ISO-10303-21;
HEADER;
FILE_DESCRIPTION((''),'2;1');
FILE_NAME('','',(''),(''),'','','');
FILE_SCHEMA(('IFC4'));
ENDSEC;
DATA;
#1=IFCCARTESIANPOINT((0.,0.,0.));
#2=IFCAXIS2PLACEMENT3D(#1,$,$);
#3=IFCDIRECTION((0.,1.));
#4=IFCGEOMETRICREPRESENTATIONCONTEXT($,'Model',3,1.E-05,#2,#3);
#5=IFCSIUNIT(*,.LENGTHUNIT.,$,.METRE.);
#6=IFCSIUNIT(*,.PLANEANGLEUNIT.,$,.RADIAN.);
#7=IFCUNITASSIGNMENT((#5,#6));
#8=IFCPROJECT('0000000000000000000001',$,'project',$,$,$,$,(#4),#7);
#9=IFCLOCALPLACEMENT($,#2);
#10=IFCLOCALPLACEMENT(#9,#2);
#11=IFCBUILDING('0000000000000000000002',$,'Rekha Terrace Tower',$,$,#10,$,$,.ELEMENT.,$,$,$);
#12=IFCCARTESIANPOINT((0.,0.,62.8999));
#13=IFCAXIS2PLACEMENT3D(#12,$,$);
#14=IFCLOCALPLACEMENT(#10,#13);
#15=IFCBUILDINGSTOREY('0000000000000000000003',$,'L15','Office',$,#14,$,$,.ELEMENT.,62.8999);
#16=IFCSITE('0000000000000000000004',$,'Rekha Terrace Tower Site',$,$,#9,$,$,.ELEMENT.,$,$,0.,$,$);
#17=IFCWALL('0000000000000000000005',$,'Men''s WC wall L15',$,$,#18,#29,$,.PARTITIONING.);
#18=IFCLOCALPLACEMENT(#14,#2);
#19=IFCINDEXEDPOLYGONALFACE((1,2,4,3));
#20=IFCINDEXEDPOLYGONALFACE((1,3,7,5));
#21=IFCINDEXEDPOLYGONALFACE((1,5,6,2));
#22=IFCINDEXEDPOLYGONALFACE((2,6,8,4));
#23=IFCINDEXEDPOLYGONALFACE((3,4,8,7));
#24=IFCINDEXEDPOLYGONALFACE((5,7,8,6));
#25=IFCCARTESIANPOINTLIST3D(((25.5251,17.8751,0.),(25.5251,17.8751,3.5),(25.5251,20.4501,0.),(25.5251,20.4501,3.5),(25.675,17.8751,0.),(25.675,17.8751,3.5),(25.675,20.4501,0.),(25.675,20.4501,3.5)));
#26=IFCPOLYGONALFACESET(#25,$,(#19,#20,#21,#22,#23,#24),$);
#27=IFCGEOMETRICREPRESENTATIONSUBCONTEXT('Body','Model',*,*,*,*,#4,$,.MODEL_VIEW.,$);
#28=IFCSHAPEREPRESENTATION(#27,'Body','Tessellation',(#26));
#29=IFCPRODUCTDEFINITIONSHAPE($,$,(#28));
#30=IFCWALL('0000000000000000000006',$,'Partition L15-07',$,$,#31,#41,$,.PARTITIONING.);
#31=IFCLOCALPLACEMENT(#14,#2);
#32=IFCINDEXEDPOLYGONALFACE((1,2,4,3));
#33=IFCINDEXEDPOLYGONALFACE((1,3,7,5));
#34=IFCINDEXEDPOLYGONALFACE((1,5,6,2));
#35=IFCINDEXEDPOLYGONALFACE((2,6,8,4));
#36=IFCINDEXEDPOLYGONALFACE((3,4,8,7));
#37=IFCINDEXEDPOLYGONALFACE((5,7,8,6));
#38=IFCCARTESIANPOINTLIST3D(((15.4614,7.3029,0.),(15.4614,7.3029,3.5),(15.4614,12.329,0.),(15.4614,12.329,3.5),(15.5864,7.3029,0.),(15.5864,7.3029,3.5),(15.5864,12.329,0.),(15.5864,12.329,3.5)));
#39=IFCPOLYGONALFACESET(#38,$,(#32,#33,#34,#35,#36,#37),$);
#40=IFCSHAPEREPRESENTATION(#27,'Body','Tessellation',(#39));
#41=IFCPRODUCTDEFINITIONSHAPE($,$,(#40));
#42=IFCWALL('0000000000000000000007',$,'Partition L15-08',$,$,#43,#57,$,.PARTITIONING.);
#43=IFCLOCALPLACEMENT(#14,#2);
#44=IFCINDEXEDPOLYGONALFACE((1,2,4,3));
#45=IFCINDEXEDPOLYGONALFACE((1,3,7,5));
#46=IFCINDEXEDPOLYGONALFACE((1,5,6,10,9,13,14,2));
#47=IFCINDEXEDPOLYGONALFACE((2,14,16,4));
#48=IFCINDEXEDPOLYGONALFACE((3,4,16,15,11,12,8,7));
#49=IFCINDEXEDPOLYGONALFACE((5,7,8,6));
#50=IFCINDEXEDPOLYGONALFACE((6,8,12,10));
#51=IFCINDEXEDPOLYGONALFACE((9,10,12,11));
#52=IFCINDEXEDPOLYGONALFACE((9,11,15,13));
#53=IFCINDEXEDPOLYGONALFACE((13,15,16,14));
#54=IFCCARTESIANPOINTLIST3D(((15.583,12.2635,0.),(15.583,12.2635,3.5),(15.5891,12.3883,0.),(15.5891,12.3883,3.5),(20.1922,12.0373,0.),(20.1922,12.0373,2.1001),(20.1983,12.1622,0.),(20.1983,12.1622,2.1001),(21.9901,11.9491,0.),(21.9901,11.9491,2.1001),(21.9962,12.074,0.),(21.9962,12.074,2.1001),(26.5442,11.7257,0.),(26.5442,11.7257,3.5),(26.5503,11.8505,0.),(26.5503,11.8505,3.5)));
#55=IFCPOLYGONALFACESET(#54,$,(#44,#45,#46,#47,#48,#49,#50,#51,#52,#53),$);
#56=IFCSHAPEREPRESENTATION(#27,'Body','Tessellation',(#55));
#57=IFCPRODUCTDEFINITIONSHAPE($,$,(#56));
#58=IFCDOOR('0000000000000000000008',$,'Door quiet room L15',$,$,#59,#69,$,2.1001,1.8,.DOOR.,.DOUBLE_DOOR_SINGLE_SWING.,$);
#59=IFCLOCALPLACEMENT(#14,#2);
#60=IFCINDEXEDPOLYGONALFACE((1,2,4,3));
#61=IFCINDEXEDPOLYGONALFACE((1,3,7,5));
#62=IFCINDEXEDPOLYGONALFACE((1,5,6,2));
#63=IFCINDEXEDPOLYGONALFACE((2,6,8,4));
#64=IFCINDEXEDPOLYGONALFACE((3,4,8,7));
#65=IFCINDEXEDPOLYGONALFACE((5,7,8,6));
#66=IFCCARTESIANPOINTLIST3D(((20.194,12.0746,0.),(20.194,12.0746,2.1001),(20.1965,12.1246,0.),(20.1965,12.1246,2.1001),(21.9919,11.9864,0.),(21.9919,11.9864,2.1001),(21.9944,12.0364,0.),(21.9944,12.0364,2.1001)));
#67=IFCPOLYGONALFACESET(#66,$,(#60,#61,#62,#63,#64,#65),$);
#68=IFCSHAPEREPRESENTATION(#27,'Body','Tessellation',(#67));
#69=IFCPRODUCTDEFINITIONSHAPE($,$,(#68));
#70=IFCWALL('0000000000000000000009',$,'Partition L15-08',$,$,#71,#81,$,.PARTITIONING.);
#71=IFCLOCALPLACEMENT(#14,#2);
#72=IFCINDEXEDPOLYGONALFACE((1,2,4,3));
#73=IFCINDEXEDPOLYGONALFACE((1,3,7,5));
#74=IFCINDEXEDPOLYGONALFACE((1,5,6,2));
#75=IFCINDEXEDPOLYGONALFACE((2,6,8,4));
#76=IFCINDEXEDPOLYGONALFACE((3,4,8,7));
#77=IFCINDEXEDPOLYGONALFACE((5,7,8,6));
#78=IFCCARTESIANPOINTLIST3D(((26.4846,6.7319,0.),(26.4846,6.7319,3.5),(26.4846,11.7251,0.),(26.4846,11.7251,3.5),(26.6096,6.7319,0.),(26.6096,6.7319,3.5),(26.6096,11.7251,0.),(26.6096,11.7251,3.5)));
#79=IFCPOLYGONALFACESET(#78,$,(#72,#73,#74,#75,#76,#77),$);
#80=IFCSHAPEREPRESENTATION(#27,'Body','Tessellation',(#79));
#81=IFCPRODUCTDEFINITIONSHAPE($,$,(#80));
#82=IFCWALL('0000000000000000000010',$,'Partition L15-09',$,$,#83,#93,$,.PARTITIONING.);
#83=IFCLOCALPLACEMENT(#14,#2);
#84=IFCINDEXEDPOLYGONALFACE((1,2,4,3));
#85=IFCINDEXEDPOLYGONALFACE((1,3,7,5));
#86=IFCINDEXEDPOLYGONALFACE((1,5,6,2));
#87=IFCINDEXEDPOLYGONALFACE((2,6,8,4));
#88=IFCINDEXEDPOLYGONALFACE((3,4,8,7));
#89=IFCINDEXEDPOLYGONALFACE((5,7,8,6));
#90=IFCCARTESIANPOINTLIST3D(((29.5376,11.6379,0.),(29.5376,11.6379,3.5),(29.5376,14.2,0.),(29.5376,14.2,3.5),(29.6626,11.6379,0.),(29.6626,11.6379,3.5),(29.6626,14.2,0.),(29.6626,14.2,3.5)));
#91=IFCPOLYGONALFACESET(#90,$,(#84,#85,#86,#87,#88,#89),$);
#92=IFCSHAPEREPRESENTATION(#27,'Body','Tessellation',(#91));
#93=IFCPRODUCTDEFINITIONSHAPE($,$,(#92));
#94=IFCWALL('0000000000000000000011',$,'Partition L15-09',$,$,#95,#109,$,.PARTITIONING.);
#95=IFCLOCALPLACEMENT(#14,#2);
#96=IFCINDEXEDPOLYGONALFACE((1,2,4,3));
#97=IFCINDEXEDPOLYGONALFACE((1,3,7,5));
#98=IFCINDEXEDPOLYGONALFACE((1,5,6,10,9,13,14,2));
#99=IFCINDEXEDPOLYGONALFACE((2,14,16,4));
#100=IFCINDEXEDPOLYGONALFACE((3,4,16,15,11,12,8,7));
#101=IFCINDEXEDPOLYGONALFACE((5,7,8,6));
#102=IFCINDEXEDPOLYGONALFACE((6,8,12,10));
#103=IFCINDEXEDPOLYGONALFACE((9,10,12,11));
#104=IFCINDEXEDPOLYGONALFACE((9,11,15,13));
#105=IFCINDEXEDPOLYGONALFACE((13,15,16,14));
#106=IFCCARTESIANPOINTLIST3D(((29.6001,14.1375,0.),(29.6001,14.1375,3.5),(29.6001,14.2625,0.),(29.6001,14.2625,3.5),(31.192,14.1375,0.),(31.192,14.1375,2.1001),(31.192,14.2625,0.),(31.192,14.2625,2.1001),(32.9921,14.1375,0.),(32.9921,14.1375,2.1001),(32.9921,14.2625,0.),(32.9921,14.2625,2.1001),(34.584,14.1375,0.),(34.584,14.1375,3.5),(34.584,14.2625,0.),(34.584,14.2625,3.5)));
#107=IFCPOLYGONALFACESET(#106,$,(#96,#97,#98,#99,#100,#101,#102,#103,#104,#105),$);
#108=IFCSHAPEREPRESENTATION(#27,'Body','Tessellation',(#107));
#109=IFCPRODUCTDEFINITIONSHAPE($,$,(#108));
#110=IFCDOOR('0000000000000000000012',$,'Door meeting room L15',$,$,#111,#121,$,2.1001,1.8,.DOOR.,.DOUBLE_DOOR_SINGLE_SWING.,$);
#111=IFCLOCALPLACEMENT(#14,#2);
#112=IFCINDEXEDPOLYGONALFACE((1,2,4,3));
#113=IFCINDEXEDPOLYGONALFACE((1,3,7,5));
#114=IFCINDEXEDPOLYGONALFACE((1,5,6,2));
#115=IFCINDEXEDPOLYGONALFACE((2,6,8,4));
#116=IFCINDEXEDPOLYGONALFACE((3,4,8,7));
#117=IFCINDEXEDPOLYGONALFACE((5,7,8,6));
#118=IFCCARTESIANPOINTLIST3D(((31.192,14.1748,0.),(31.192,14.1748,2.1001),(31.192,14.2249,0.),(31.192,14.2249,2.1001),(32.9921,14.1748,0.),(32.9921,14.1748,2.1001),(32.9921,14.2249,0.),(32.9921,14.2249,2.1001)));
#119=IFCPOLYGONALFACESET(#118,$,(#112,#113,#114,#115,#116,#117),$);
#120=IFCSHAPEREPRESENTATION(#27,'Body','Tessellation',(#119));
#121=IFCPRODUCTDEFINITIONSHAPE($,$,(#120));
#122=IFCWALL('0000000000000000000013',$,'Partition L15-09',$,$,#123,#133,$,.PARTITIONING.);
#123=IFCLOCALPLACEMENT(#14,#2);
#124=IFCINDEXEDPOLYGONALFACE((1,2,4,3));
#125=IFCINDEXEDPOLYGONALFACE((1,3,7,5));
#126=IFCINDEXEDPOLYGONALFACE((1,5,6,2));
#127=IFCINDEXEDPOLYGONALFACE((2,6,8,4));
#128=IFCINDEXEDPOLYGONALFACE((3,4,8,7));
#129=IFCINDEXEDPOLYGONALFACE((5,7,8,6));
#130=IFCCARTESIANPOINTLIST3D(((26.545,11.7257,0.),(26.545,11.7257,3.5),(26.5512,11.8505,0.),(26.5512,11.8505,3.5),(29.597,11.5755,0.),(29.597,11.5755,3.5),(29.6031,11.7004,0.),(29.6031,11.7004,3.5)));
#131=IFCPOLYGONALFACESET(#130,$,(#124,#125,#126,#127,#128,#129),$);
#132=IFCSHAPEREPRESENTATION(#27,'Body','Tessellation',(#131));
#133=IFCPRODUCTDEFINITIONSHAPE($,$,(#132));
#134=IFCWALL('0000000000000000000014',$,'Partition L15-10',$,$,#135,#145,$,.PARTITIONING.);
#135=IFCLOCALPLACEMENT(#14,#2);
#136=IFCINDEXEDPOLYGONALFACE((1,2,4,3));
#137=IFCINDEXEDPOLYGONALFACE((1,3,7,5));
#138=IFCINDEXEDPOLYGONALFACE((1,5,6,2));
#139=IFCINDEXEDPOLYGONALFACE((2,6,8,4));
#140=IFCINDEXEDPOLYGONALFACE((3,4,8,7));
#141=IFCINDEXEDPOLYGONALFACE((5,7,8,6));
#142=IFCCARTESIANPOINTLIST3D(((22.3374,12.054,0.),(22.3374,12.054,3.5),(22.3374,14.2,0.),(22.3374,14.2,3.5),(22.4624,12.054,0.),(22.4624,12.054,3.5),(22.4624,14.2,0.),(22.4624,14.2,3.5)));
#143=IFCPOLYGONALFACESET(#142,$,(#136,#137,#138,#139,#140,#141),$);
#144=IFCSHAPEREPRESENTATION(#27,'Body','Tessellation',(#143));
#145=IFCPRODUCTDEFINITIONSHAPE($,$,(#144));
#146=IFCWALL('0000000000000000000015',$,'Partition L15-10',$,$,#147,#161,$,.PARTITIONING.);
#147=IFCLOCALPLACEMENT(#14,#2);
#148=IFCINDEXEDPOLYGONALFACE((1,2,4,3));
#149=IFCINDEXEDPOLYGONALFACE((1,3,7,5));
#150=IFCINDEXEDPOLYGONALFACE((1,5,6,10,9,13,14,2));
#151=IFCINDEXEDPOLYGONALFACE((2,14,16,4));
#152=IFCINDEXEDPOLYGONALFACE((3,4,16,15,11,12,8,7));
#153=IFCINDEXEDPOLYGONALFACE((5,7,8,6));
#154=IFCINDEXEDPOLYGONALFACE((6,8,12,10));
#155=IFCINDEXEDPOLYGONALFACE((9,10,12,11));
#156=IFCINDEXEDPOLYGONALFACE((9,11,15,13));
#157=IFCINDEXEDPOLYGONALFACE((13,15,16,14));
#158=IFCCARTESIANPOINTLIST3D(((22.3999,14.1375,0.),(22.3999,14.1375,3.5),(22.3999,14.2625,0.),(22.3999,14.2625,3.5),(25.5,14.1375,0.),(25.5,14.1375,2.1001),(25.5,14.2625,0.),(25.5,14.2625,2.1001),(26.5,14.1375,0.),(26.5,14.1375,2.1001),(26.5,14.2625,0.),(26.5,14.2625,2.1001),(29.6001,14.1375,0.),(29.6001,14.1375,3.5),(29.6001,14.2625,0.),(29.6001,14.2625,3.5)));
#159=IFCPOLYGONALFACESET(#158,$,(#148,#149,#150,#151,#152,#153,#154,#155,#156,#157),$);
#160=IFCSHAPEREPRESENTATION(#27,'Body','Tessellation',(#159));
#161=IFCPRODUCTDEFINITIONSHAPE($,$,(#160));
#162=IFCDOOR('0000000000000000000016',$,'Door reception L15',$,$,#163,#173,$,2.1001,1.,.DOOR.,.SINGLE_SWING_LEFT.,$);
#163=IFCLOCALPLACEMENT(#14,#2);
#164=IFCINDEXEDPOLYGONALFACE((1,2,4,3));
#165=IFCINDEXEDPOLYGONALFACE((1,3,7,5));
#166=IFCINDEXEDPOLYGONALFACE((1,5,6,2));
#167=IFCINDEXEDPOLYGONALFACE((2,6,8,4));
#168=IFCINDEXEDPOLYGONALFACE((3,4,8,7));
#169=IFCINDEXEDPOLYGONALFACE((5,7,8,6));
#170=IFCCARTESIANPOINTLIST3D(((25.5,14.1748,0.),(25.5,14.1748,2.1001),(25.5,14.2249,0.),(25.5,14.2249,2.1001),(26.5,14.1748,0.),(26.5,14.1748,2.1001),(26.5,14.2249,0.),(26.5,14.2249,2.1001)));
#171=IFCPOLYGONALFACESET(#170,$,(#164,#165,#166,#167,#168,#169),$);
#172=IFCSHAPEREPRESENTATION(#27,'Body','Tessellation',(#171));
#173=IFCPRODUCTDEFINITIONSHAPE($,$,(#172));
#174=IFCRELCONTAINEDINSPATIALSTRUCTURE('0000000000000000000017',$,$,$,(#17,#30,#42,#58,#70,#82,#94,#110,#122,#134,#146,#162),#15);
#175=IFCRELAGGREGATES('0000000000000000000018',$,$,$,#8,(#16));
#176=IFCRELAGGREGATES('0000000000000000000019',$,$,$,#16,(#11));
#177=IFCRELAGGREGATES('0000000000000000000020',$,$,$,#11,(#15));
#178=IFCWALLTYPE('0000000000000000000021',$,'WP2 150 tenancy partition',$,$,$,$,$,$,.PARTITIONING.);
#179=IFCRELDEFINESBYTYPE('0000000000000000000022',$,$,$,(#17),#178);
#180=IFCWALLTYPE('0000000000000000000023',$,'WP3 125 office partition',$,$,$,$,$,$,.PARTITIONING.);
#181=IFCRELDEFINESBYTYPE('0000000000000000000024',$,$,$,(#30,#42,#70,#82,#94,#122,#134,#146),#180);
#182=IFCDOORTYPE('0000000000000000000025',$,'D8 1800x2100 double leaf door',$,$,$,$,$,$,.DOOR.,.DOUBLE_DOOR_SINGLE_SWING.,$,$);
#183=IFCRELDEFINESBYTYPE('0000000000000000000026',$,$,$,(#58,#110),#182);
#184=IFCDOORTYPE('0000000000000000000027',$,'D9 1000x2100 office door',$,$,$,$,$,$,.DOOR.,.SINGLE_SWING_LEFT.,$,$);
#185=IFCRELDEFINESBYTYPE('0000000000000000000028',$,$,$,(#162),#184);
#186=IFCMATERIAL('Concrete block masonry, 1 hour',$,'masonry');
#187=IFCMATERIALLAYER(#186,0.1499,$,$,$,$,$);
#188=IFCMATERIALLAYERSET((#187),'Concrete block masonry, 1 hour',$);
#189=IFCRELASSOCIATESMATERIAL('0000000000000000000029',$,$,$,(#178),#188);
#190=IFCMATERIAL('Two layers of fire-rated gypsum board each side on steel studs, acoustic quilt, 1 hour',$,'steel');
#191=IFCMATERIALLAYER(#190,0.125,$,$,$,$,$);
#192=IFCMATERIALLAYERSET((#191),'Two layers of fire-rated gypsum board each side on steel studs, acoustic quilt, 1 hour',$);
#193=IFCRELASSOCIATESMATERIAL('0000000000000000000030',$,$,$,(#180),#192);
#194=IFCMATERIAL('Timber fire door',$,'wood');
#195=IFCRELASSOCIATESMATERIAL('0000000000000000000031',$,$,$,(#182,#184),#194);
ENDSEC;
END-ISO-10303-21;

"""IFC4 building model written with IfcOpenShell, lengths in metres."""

from ifc_helpers import new_model, si_unit, direction, frame, frame_2d, origin, place, context, subcontext, project, spatial, rectangle, extrude, material, layer, layer_set, type_object, element, fill, save


model = new_model("IFC4")

# Units and contexts
model_context = context("Model", 3, precision=1e-05, world=origin(), true_north=direction((0.0, 1.0)))
body_context = subcontext(model_context, "Body", "Model", "MODEL_VIEW")
ifc_project = project(units=[si_unit("LENGTHUNIT", "METRE"), si_unit("PLANEANGLEUNIT", "RADIAN")], contexts=[model_context])

# Site, building, storey
site_placement = place(None, origin())
site = spatial("IfcSite", under=ifc_project, at=site_placement, Name="Rekha Terrace Tower Site", CompositionType="ELEMENT", RefElevation=0.0)
building_placement = place(site_placement, origin())
building = spatial("IfcBuilding", under=site, at=building_placement, Name="Rekha Terrace Tower", CompositionType="ELEMENT")
storey_placement = place(building_placement, frame((0.0, 0.0, 62.8999)))
storey = spatial("IfcBuildingStorey", under=building, at=storey_placement, Name="L15", Description="Office", CompositionType="ELEMENT", Elevation=62.8999)

# Shared definitions
ifc_material_1 = material(Name="Concrete block masonry, 1 hour", Category="masonry")
ifc_layer_1 = layer(ifc_material_1, 0.1499)
ifc_layer_set_1 = layer_set([ifc_layer_1], Name="Concrete block masonry, 1 hour")
wall_type_1 = type_object("IfcWallType", Name="WP2 150 tenancy partition", PredefinedType="PARTITIONING", material=ifc_layer_set_1)

# Walls
wall_1_placement = place(storey_placement, frame((25.6001, 17.875, 0.0), z_axis=(0.0, 0.0, 1.0), x_axis=(0.0, 1.0, 0.0)))
element("IfcWall", 1, at=wall_1_placement, inside=storey, type_object=wall_type_1, Name="Men's WC wall L15", PredefinedType="PARTITIONING", context=body_context, shape_type="SweptSolid", body=[
    extrude(rectangle(XDim=2.575, YDim=0.1499, at=frame_2d((1.2876, 0.0))), origin(), (0.0, 0.0, 1.0), 3.5),
])
ifc_material_2 = material(Name="Two layers of fire-rated gypsum board each side on steel studs, acoustic quilt, 1 hour", Category="steel")
ifc_layer_2 = layer(ifc_material_2, 0.125)
ifc_layer_set_2 = layer_set([ifc_layer_2], Name="Two layers of fire-rated gypsum board each side on steel studs, acoustic quilt, 1 hour")
wall_type_2 = type_object("IfcWallType", Name="WP3 125 office partition", PredefinedType="PARTITIONING", material=ifc_layer_set_2)
wall_2_placement = place(storey_placement, frame((15.5239, 12.3291, 0.0), z_axis=(0.0, 0.0, 1.0), x_axis=(0.0, -1.0, 0.0)))
element("IfcWall", 2, at=wall_2_placement, inside=storey, type_object=wall_type_2, Name="Partition L15-07", PredefinedType="PARTITIONING", context=body_context, shape_type="SweptSolid", body=[
    extrude(rectangle(XDim=5.0261, YDim=0.125, at=frame_2d((2.5132, 0.0))), origin(), (0.0, 0.0, 1.0), 3.5),
])

# Wall, opening, door
wall_3_placement = place(storey_placement, frame((15.5859, 12.3259, 0.0), z_axis=(0.0, 0.0, 1.0), x_axis=(0.998798, -0.049009, 0.0)))
wall_3 = element("IfcWall", 3, at=wall_3_placement, inside=storey, type_object=wall_type_2, Name="Partition L15-08", PredefinedType="PARTITIONING", context=body_context, shape_type="SweptSolid", body=[
    extrude(rectangle(XDim=10.9744, YDim=0.125, at=frame_2d((5.4873, 0.0))), origin(), (0.0, 0.0, 1.0), 3.5),
])
opening_1_placement = place(wall_3_placement, frame((4.615, 0.0, 0.0)))
opening_1 = element("IfcOpeningElement", 4, at=opening_1_placement, cuts=wall_3, PredefinedType="OPENING", context=body_context, shape_type="SweptSolid", body=[
    extrude(rectangle(XDim=1.8, YDim=2.1001, at=frame_2d((0.8999, 1.05))), frame((0.0, 0.0725, 0.0), z_axis=(0.0, -1.0, 0.0), x_axis=(1.0, 0.0, 0.0)), (0.0, 0.0, 1.0), 0.145),
])
ifc_material_3 = material(Name="Timber fire door", Category="wood")
door_type_1 = type_object("IfcDoorType", Name="D8 1800x2100 double leaf door", OperationType="DOUBLE_DOOR_SINGLE_SWING", PredefinedType="DOOR", material=ifc_material_3)
door_1_placement = place(opening_1_placement, origin())
door_1 = element("IfcDoor", 5, at=door_1_placement, inside=storey, type_object=door_type_1, Name="Door quiet room L15", OperationType="DOUBLE_DOOR_SINGLE_SWING", OverallHeight=2.1001, OverallWidth=1.8, PredefinedType="DOOR", context=body_context, shape_type="SweptSolid", body=[
    extrude(rectangle(XDim=1.8, YDim=2.1001, at=frame_2d((0.8999, 1.05))), frame((0.0, 0.0249, 0.0), z_axis=(0.0, -1.0, 0.0), x_axis=(1.0, 0.0, 0.0)), (0.0, 0.0, 1.0), 0.05),
])
fill(opening_1, door_1)

# Walls
wall_4_placement = place(storey_placement, frame((26.5471, 11.7251, 0.0), z_axis=(0.0, 0.0, 1.0), x_axis=(0.0, -1.0, 0.0)))
element("IfcWall", 6, at=wall_4_placement, inside=storey, type_object=wall_type_2, Name="Partition L15-08", PredefinedType="PARTITIONING", context=body_context, shape_type="SweptSolid", body=[
    extrude(rectangle(XDim=4.9932, YDim=0.125, at=frame_2d((2.4966, 0.0))), origin(), (0.0, 0.0, 1.0), 3.5),
])
wall_5_placement = place(storey_placement, frame((29.6001, 11.6379, 0.0), z_axis=(0.0, 0.0, 1.0), x_axis=(0.0, 1.0, 0.0)))
element("IfcWall", 7, at=wall_5_placement, inside=storey, type_object=wall_type_2, Name="Partition L15-09", PredefinedType="PARTITIONING", context=body_context, shape_type="SweptSolid", body=[
    extrude(rectangle(XDim=2.562, YDim=0.125, at=frame_2d((1.281, 0.0))), origin(), (0.0, 0.0, 1.0), 3.5),
])

# Wall, opening, door
wall_6_placement = place(storey_placement, frame((29.6001, 14.2, 0.0), z_axis=(0.0, 0.0, 1.0), x_axis=(1.0, 0.0, 0.0)))
wall_6 = element("IfcWall", 8, at=wall_6_placement, inside=storey, type_object=wall_type_2, Name="Partition L15-09", PredefinedType="PARTITIONING", context=body_context, shape_type="SweptSolid", body=[
    extrude(rectangle(XDim=4.9839, YDim=0.125, at=frame_2d((2.4919, 0.0))), origin(), (0.0, 0.0, 1.0), 3.5),
])
opening_2_placement = place(wall_6_placement, frame((1.592, 0.0, 0.0)))
opening_2 = element("IfcOpeningElement", 9, at=opening_2_placement, cuts=wall_6, PredefinedType="OPENING", context=body_context, shape_type="SweptSolid", body=[
    extrude(rectangle(XDim=1.8, YDim=2.1001, at=frame_2d((0.8999, 1.05))), frame((0.0, 0.0725, 0.0), z_axis=(0.0, -1.0, 0.0), x_axis=(1.0, 0.0, 0.0)), (0.0, 0.0, 1.0), 0.145),
])
door_2_placement = place(opening_2_placement, origin())
door_2 = element("IfcDoor", 10, at=door_2_placement, inside=storey, type_object=door_type_1, Name="Door meeting room L15", OperationType="DOUBLE_DOOR_SINGLE_SWING", OverallHeight=2.1001, OverallWidth=1.8, PredefinedType="DOOR", context=body_context, shape_type="SweptSolid", body=[
    extrude(rectangle(XDim=1.8, YDim=2.1001, at=frame_2d((0.8999, 1.05))), frame((0.0, 0.0249, 0.0), z_axis=(0.0, -1.0, 0.0), x_axis=(1.0, 0.0, 0.0)), (0.0, 0.0, 1.0), 0.05),
])
fill(opening_2, door_2)

# Walls
wall_7_placement = place(storey_placement, frame((26.5481, 11.7881, 0.0), z_axis=(0.0, 0.0, 1.0), x_axis=(0.998792, -0.049137, 0.0)))
element("IfcWall", 11, at=wall_7_placement, inside=storey, type_object=wall_type_2, Name="Partition L15-09", PredefinedType="PARTITIONING", context=body_context, shape_type="SweptSolid", body=[
    extrude(rectangle(XDim=3.0557, YDim=0.125, at=frame_2d((1.5278, 0.0))), origin(), (0.0, 0.0, 1.0), 3.5),
])
wall_8_placement = place(storey_placement, frame((22.3999, 12.054, 0.0), z_axis=(0.0, 0.0, 1.0), x_axis=(0.0, 1.0, 0.0)))
element("IfcWall", 12, at=wall_8_placement, inside=storey, type_object=wall_type_2, Name="Partition L15-10", PredefinedType="PARTITIONING", context=body_context, shape_type="SweptSolid", body=[
    extrude(rectangle(XDim=2.146, YDim=0.125, at=frame_2d((1.073, 0.0))), origin(), (0.0, 0.0, 1.0), 3.5),
])

# Wall, opening, door
wall_9_placement = place(storey_placement, frame((22.3999, 14.2, 0.0), z_axis=(0.0, 0.0, 1.0), x_axis=(1.0, 0.0, 0.0)))
wall_9 = element("IfcWall", 13, at=wall_9_placement, inside=storey, type_object=wall_type_2, Name="Partition L15-10", PredefinedType="PARTITIONING", context=body_context, shape_type="SweptSolid", body=[
    extrude(rectangle(XDim=7.2002, YDim=0.125, at=frame_2d((3.6001, 0.0))), origin(), (0.0, 0.0, 1.0), 3.5),
])
opening_3_placement = place(wall_9_placement, frame((3.1001, 0.0, 0.0)))
opening_3 = element("IfcOpeningElement", 14, at=opening_3_placement, cuts=wall_9, PredefinedType="OPENING", context=body_context, shape_type="SweptSolid", body=[
    extrude(rectangle(XDim=1.0, YDim=2.1001, at=frame_2d((0.5, 1.05))), frame((0.0, 0.0725, 0.0), z_axis=(0.0, -1.0, 0.0), x_axis=(1.0, 0.0, 0.0)), (0.0, 0.0, 1.0), 0.145),
])
door_type_2 = type_object("IfcDoorType", Name="D9 1000x2100 office door", OperationType="SINGLE_SWING_LEFT", PredefinedType="DOOR", material=ifc_material_3)
door_3_placement = place(opening_3_placement, origin())
door_3 = element("IfcDoor", 15, at=door_3_placement, inside=storey, type_object=door_type_2, Name="Door reception L15", OperationType="SINGLE_SWING_LEFT", OverallHeight=2.1001, OverallWidth=1.0, PredefinedType="DOOR", context=body_context, shape_type="SweptSolid", body=[
    extrude(rectangle(XDim=1.0, YDim=2.1001, at=frame_2d((0.5, 1.05))), frame((0.0, 0.0249, 0.0), z_axis=(0.0, -1.0, 0.0), x_axis=(1.0, 0.0, 0.0)), (0.0, 0.0, 1.0), 0.05),
])
fill(opening_3, door_3)

save(model, "model.ifc")
